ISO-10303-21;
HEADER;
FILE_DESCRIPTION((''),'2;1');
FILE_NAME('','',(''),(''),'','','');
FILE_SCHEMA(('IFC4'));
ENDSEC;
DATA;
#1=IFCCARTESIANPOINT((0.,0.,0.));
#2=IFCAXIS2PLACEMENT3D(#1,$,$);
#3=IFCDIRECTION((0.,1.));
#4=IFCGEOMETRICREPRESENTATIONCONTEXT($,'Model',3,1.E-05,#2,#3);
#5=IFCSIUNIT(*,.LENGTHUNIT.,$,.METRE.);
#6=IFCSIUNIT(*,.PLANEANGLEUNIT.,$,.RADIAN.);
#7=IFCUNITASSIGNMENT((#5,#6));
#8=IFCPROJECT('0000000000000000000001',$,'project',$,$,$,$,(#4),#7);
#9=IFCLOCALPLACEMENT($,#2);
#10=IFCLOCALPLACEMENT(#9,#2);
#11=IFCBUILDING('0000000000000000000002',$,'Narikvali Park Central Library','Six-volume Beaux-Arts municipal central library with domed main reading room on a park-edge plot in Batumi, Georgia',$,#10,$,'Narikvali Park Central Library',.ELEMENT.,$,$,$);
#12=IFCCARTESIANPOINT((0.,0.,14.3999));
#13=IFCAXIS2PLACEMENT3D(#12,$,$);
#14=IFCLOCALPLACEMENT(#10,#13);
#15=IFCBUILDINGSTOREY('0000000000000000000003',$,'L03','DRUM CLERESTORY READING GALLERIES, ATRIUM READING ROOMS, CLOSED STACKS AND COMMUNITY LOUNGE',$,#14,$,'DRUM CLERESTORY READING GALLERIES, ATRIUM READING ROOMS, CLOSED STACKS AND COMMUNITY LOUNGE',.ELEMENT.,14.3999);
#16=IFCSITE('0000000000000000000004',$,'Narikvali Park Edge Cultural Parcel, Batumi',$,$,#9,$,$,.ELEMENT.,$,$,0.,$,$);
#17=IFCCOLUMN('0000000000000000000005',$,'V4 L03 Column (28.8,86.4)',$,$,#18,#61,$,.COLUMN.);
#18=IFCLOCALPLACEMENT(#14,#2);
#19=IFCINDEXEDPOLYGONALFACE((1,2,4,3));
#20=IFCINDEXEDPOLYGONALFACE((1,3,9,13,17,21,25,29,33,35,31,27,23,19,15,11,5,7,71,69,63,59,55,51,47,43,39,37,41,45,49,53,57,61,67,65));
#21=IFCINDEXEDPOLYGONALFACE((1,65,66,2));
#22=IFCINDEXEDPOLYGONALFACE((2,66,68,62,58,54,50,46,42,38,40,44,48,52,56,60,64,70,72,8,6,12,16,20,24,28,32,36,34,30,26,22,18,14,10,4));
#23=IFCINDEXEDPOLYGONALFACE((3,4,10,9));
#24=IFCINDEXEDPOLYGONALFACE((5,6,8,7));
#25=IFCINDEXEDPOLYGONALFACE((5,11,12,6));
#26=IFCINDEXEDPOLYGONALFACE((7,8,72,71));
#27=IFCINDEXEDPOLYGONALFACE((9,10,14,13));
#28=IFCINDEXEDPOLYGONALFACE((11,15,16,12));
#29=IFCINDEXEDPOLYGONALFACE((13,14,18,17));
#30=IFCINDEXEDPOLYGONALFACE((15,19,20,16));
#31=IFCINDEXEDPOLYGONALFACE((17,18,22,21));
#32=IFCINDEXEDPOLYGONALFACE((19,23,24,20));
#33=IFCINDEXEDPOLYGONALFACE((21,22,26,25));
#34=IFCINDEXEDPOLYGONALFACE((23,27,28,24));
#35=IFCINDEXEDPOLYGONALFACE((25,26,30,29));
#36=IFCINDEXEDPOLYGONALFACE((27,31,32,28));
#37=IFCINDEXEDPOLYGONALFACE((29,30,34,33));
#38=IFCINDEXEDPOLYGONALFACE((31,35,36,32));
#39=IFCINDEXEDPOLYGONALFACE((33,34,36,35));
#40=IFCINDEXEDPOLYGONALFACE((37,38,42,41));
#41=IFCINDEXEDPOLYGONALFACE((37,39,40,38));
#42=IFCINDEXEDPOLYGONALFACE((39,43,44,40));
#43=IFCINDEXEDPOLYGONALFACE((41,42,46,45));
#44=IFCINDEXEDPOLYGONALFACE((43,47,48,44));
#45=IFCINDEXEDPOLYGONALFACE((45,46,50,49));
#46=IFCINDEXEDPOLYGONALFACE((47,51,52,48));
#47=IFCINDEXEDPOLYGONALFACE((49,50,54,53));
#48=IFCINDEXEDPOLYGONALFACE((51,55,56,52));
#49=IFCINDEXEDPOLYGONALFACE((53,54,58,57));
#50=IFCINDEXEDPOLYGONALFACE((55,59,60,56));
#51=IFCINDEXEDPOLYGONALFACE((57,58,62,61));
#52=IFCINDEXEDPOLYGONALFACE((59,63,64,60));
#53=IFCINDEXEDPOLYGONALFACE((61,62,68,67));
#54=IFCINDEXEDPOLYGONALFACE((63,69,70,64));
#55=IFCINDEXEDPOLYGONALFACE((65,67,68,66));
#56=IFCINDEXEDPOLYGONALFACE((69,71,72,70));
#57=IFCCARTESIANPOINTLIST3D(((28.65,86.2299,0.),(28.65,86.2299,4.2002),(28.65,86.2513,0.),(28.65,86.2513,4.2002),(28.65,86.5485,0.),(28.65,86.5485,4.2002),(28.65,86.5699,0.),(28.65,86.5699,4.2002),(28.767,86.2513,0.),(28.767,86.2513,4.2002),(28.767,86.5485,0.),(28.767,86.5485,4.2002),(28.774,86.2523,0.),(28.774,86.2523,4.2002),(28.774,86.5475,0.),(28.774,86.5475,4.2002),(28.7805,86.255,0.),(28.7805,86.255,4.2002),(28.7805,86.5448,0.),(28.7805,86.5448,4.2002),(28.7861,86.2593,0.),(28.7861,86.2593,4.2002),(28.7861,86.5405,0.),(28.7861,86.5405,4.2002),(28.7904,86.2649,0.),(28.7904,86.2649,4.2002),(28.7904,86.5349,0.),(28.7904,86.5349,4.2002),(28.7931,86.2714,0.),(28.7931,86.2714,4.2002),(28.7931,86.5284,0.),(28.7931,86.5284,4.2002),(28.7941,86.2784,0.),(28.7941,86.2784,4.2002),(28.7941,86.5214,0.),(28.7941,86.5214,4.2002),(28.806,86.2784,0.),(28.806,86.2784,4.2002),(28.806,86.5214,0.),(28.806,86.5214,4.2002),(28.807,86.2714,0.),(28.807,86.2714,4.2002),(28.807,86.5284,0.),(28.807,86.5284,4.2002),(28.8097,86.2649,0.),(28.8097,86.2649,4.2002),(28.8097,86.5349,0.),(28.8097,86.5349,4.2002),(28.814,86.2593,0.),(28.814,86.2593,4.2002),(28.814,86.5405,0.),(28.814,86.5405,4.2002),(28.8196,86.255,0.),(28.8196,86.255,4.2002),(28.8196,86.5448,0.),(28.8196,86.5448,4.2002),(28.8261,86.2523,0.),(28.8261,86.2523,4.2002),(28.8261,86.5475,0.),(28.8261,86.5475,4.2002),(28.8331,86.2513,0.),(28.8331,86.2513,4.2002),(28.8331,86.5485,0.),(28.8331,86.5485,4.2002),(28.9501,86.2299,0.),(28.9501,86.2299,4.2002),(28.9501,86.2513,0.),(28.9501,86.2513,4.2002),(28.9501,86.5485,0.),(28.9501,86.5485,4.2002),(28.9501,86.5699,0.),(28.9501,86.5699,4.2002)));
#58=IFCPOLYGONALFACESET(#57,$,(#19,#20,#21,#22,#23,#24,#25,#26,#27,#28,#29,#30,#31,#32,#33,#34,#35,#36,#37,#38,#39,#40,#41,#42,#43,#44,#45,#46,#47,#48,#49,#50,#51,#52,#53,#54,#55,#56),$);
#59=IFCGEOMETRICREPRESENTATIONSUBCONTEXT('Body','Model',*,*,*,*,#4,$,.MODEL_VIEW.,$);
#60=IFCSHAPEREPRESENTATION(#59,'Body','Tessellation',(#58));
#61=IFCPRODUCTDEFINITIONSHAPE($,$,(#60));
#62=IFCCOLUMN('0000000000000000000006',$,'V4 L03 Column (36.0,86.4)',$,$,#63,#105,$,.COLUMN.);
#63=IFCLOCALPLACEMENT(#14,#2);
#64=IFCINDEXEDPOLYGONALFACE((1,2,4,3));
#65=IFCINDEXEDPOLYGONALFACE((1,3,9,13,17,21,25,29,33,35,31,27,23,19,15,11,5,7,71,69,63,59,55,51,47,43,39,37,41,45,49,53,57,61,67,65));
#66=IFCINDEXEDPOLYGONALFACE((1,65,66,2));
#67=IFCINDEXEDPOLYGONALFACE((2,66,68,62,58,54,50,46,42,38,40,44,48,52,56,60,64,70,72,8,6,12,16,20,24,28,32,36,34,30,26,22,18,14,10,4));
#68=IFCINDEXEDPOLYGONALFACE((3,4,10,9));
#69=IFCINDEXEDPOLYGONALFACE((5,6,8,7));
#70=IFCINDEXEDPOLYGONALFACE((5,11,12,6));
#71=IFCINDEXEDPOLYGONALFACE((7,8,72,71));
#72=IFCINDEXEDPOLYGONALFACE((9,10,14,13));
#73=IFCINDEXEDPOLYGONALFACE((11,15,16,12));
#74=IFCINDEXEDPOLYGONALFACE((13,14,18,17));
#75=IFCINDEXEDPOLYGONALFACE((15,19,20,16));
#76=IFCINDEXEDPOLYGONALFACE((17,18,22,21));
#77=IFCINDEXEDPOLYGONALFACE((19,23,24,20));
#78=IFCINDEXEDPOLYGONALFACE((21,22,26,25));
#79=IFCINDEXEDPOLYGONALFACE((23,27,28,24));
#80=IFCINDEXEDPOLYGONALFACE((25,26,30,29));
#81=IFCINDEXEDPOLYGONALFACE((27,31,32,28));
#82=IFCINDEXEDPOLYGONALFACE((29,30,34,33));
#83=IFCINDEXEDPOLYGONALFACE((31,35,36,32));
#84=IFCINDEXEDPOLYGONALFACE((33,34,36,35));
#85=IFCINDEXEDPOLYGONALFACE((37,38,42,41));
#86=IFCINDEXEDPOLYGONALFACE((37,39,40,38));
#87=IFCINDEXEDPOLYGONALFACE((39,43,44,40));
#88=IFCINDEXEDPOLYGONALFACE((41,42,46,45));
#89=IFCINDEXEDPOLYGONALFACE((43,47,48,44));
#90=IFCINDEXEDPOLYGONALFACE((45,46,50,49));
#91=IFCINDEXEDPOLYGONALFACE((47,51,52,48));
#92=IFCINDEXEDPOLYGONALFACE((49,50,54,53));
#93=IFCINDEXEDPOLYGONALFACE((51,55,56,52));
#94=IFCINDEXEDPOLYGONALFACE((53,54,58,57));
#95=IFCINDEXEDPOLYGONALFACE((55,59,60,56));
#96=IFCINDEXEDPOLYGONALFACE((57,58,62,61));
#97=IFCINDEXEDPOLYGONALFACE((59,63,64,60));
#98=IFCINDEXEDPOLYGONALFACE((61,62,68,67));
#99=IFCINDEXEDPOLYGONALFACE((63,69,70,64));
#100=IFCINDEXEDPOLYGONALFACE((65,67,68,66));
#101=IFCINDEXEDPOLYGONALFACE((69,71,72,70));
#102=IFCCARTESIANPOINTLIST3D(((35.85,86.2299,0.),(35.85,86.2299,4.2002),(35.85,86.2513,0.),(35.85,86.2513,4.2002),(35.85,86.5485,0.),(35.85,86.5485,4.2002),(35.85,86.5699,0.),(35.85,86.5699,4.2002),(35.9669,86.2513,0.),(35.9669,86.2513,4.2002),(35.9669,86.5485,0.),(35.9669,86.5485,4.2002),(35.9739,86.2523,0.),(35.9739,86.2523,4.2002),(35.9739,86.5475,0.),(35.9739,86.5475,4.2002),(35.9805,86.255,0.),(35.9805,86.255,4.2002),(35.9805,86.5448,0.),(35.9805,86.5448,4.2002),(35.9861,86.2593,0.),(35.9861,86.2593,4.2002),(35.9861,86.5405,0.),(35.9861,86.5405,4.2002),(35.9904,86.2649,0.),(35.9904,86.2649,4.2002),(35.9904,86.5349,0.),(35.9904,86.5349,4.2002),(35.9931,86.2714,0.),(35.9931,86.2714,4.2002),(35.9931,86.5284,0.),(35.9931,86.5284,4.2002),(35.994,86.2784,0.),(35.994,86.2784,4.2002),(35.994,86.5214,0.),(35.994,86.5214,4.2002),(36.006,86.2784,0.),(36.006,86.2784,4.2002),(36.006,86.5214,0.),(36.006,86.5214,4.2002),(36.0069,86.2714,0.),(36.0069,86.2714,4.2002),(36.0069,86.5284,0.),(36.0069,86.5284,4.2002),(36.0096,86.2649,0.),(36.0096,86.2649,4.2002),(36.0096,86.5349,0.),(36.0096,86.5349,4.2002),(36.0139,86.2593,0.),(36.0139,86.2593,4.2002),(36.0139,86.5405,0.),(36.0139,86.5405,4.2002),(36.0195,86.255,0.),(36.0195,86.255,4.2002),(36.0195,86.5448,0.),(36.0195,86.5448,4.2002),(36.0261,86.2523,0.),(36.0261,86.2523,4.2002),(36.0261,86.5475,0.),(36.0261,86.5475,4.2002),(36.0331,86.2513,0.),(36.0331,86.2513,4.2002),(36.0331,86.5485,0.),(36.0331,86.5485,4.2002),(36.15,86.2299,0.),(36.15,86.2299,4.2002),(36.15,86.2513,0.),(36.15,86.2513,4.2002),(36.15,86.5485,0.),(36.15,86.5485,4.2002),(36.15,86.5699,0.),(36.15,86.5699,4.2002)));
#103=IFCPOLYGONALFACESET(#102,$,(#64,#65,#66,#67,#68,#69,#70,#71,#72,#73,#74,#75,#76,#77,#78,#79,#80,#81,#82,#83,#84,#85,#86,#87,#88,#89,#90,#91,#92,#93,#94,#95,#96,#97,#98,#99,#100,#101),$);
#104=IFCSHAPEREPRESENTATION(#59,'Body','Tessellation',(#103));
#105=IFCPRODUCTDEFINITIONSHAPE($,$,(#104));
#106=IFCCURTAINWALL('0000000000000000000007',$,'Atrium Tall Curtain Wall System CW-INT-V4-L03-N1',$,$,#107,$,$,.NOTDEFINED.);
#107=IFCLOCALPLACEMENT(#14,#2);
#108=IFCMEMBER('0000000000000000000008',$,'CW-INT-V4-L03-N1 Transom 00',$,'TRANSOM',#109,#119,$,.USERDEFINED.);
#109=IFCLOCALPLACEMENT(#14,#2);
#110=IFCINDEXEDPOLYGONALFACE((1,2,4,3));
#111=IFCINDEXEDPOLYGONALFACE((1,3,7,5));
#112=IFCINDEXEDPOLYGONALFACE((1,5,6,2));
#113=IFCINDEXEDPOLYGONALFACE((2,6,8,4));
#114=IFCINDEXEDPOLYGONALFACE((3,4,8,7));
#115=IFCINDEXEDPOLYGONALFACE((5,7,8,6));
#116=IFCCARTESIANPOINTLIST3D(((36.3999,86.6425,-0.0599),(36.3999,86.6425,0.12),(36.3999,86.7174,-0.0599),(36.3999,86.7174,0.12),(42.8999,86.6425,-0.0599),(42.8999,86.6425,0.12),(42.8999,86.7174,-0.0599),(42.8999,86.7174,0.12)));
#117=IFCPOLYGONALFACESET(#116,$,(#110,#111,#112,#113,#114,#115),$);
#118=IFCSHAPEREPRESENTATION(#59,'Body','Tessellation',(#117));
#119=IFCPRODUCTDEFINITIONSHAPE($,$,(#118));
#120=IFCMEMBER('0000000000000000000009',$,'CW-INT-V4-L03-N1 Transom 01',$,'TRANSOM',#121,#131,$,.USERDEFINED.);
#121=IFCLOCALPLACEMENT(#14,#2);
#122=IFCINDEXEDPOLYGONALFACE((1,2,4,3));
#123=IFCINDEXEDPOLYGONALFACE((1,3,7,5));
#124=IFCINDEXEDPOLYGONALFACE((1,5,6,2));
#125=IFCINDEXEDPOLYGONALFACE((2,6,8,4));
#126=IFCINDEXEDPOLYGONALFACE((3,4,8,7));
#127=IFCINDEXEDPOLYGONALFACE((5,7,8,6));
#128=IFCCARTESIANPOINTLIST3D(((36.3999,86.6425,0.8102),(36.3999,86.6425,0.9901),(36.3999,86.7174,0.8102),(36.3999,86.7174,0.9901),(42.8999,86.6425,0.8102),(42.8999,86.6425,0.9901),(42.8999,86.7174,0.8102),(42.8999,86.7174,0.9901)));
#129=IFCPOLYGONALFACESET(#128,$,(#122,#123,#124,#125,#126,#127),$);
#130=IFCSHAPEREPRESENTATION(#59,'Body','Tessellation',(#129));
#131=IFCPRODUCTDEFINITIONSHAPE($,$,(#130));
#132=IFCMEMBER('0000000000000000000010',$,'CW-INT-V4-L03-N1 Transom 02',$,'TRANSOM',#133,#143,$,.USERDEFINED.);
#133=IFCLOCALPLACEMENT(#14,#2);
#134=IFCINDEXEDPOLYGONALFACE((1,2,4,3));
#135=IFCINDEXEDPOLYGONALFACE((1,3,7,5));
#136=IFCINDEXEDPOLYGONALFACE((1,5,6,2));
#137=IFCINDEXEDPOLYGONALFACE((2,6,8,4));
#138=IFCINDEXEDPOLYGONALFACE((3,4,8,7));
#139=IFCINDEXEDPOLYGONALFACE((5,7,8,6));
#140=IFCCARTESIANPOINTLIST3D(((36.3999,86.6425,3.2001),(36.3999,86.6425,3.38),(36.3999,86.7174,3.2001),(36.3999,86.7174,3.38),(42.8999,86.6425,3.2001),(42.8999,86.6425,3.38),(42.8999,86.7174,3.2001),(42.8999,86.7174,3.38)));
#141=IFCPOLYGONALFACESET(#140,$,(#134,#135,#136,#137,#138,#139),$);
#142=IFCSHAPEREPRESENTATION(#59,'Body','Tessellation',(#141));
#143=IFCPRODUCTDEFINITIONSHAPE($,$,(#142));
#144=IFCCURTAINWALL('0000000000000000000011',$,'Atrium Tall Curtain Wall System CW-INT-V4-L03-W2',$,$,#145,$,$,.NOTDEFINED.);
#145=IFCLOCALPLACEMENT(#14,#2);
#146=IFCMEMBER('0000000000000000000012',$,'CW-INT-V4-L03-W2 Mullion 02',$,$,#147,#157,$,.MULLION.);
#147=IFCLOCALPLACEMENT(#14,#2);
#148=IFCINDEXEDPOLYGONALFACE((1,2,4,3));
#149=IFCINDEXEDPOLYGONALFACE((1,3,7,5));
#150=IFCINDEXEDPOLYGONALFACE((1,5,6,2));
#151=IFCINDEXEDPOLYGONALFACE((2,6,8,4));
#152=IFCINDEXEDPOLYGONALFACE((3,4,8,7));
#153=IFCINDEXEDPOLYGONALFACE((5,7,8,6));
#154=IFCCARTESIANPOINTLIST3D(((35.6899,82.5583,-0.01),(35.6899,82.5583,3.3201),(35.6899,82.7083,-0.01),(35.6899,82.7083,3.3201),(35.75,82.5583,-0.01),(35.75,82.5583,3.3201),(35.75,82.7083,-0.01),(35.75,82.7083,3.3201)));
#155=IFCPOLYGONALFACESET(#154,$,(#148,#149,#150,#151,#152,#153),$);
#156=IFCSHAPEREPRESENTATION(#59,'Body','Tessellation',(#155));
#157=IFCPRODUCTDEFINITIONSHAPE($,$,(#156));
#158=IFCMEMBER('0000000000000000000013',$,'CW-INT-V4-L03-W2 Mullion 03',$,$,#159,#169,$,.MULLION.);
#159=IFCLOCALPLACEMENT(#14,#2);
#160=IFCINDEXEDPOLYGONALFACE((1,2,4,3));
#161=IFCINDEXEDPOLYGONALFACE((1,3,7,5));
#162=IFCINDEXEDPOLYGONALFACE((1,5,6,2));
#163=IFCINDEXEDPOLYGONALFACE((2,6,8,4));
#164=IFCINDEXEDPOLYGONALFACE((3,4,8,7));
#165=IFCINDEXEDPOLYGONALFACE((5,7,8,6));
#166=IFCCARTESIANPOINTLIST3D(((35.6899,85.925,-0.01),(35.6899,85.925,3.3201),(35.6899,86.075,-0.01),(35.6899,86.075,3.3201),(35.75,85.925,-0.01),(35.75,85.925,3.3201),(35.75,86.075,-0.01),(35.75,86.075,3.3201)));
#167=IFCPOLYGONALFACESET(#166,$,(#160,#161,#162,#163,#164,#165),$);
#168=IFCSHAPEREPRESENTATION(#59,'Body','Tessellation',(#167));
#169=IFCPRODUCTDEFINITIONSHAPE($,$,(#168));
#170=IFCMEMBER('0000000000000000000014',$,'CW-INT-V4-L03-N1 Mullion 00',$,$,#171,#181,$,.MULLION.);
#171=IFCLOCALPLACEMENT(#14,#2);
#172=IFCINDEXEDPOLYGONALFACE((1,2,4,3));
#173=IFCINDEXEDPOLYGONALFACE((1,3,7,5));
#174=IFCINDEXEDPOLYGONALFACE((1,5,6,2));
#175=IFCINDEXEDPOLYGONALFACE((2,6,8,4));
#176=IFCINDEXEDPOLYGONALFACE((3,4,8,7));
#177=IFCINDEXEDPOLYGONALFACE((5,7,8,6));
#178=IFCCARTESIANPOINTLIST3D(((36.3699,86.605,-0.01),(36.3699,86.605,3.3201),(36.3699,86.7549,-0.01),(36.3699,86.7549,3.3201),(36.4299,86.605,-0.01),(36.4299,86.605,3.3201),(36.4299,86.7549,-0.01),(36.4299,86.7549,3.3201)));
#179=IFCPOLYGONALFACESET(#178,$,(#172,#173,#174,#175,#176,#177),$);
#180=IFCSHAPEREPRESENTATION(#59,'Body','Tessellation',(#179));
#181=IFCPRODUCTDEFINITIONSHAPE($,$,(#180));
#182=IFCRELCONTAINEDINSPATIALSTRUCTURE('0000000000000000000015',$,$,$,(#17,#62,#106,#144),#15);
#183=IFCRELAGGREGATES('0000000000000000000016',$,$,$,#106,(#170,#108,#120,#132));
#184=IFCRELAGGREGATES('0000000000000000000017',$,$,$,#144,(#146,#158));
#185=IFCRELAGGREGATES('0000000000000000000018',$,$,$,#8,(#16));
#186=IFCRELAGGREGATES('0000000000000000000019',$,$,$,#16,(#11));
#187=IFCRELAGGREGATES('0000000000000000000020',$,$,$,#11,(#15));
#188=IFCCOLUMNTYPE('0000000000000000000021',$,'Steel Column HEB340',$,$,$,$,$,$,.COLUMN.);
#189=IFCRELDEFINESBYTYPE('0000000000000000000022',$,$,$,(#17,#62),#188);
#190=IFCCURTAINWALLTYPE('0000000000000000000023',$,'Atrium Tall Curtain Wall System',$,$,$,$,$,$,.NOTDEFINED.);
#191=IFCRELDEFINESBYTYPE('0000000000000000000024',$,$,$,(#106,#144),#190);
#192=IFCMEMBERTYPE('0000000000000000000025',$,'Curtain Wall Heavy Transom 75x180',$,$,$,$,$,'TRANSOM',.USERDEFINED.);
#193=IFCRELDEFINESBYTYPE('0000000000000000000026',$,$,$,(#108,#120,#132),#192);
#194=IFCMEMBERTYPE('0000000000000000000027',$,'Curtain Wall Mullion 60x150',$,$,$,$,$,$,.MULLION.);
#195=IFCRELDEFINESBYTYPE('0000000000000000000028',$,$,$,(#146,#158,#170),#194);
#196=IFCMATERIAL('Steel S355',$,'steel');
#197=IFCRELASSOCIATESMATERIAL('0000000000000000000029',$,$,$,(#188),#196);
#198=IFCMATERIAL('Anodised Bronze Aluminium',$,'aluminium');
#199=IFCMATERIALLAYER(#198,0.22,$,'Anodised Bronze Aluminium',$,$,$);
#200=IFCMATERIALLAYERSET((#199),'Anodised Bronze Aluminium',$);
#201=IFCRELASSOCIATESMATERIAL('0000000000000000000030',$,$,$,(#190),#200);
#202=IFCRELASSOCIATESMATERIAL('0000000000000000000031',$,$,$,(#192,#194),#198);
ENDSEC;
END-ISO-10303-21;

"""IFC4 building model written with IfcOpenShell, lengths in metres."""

from ifc_helpers import new_model, si_unit, direction, frame, origin, origin_2d, place, context, subcontext, project, spatial, rectangle, i_section, extrude, material, layer, layer_set, material_profile, profile_set, type_object, element, aggregate, save


model = new_model("IFC4")

# Units and contexts
model_context = context("Model", 3, precision=1e-05, world=origin(), true_north=direction((0.0, 1.0)))
body_context = subcontext(model_context, "Body", "Model", "MODEL_VIEW")
ifc_project = project(units=[si_unit("LENGTHUNIT", "METRE"), si_unit("PLANEANGLEUNIT", "RADIAN")], contexts=[model_context])

# Site, building, storey
site_placement = place(None, origin())
site = spatial("IfcSite", under=ifc_project, at=site_placement, Name="Narikvali Park Edge Cultural Parcel, Batumi", CompositionType="ELEMENT", RefElevation=0.0)
building_placement = place(site_placement, origin())
building = spatial("IfcBuilding", under=site, at=building_placement, Name="Narikvali Park Central Library", Description="Six-volume Beaux-Arts municipal central library with domed main reading room on a park-edge plot in Batumi, Georgia", LongName="Narikvali Park Central Library", CompositionType="ELEMENT")
storey_placement = place(building_placement, frame((0.0, 0.0, 14.3999)))
storey = spatial("IfcBuildingStorey", under=building, at=storey_placement, Name="L03", Description="DRUM CLERESTORY READING GALLERIES, ATRIUM READING ROOMS, CLOSED STACKS AND COMMUNITY LOUNGE", LongName="DRUM CLERESTORY READING GALLERIES, ATRIUM READING ROOMS, CLOSED STACKS AND COMMUNITY LOUNGE", CompositionType="ELEMENT", Elevation=14.3999)

# Columns
ifc_material_1 = material(Name="Steel S355", Category="steel")
ifc_material_profile_1 = material_profile(ifc_material_1, i_section(OverallWidth=0.3, OverallDepth=0.3401, WebThickness=0.012, FlangeThickness=0.0215, FilletRadius=0.0271, at=origin_2d()), Name="HEB 340")
ifc_profile_set_1 = profile_set([ifc_material_profile_1], Name="Steel S355")
column_type = type_object("IfcColumnType", Name="Steel Column HEB340", PredefinedType="COLUMN", material=ifc_profile_set_1)
for number, where, z_axis, x_axis, name in (
    (1, (28.8, 86.3999, 0.0), (0.0, 0.0, 1.0), (1.0, 0.0, 0.0), "V4 L03 Column (28.8,86.4)"),
    (2, (36.0, 86.3999, 0.0), (0.0, 0.0, 1.0), (1.0, 0.0, 0.0), "V4 L03 Column (36.0,86.4)"),
):
    element("IfcColumn", number, at=place(storey_placement, frame(where, z_axis=z_axis, x_axis=x_axis)), inside=storey, type_object=column_type, Name=name, PredefinedType="COLUMN", context=body_context, shape_type="SweptSolid", body=[
        extrude(i_section(OverallWidth=0.3, OverallDepth=0.3401, WebThickness=0.012, FlangeThickness=0.0215, FilletRadius=0.0271, at=origin_2d()), origin(), (0.0, 0.0, 1.0), 4.2002),
    ])

# Curtain walls, members
ifc_material_2 = material(Name="Anodised Bronze Aluminium", Category="aluminium")
ifc_layer_1 = layer(ifc_material_2, 0.22, Name="Anodised Bronze Aluminium")
ifc_layer_set_1 = layer_set([ifc_layer_1], Name="Anodised Bronze Aluminium")
curtain_wall_type = type_object("IfcCurtainWallType", Name="Atrium Tall Curtain Wall System", PredefinedType="NOTDEFINED", material=ifc_layer_set_1)
curtain_wall_1_placement = place(storey_placement, origin())
curtain_wall_1 = element("IfcCurtainWall", 3, at=curtain_wall_1_placement, inside=storey, type_object=curtain_wall_type, Name="Atrium Tall Curtain Wall System CW-INT-V4-L03-N1", PredefinedType="NOTDEFINED")
ifc_material_profile_2 = material_profile(ifc_material_2, rectangle(XDim=0.075, YDim=0.1799, at=origin_2d()), Name="CW TRANSOM 75x180")
ifc_profile_set_2 = profile_set([ifc_material_profile_2], Name="Anodised Bronze Aluminium")
member_type_1 = type_object("IfcMemberType", Name="Curtain Wall Heavy Transom 75x180", ElementType="TRANSOM", PredefinedType="USERDEFINED", material=ifc_profile_set_2)
member_1_placement = place(storey_placement, frame((36.3999, 86.6799, 0.03), z_axis=(1.0, 0.0, 0.0), x_axis=(0.0, 1.0, 0.0)))
member_1 = element("IfcMember", 4, at=member_1_placement, type_object=member_type_1, Name="CW-INT-V4-L03-N1 Transom 00", ObjectType="TRANSOM", PredefinedType="USERDEFINED", context=body_context, shape_type="SweptSolid", body=[
    extrude(rectangle(XDim=0.075, YDim=0.1799, at=origin_2d()), origin(), (0.0, 0.0, 1.0), 6.5),
])
member_2_placement = place(storey_placement, frame((36.3999, 86.6799, 0.9001), z_axis=(1.0, 0.0, 0.0), x_axis=(0.0, 1.0, 0.0)))
member_2 = element("IfcMember", 5, at=member_2_placement, type_object=member_type_1, Name="CW-INT-V4-L03-N1 Transom 01", ObjectType="TRANSOM", PredefinedType="USERDEFINED", context=body_context, shape_type="SweptSolid", body=[
    extrude(rectangle(XDim=0.075, YDim=0.1799, at=origin_2d()), origin(), (0.0, 0.0, 1.0), 6.5),
])
member_3_placement = place(storey_placement, frame((36.3999, 86.6799, 3.29), z_axis=(1.0, 0.0, 0.0), x_axis=(0.0, 1.0, 0.0)))
member_3 = element("IfcMember", 6, at=member_3_placement, type_object=member_type_1, Name="CW-INT-V4-L03-N1 Transom 02", ObjectType="TRANSOM", PredefinedType="USERDEFINED", context=body_context, shape_type="SweptSolid", body=[
    extrude(rectangle(XDim=0.075, YDim=0.1799, at=origin_2d()), origin(), (0.0, 0.0, 1.0), 6.5),
])
curtain_wall_2_placement = place(storey_placement, origin())
curtain_wall_2 = element("IfcCurtainWall", 7, at=curtain_wall_2_placement, inside=storey, type_object=curtain_wall_type, Name="Atrium Tall Curtain Wall System CW-INT-V4-L03-W2", PredefinedType="NOTDEFINED")
ifc_material_profile_3 = material_profile(ifc_material_2, rectangle(XDim=0.0601, YDim=0.1499, at=origin_2d()), Name="CW MULLION 60x150")
ifc_profile_set_3 = profile_set([ifc_material_profile_3], Name="Anodised Bronze Aluminium")
member_type_2 = type_object("IfcMemberType", Name="Curtain Wall Mullion 60x150", PredefinedType="MULLION", material=ifc_profile_set_3)
member_4_placement = place(storey_placement, frame((35.72, 82.6333, -0.01), z_axis=(0.0, 0.0, 1.0), x_axis=(1.0, 0.0, 0.0)))
member_4 = element("IfcMember", 8, at=member_4_placement, type_object=member_type_2, Name="CW-INT-V4-L03-W2 Mullion 02", PredefinedType="MULLION", context=body_context, shape_type="SweptSolid", body=[
    extrude(rectangle(XDim=0.0601, YDim=0.1499, at=origin_2d()), origin(), (0.0, 0.0, 1.0), 3.3301),
])
member_5_placement = place(storey_placement, frame((35.72, 86.0, -0.01), z_axis=(0.0, 0.0, 1.0), x_axis=(1.0, 0.0, 0.0)))
member_5 = element("IfcMember", 9, at=member_5_placement, type_object=member_type_2, Name="CW-INT-V4-L03-W2 Mullion 03", PredefinedType="MULLION", context=body_context, shape_type="SweptSolid", body=[
    extrude(rectangle(XDim=0.0601, YDim=0.1499, at=origin_2d()), origin(), (0.0, 0.0, 1.0), 3.3301),
])

# Member
member_6_placement = place(storey_placement, frame((36.3999, 86.6799, -0.01), z_axis=(0.0, 0.0, 1.0), x_axis=(1.0, 0.0, 0.0)))
member_6 = element("IfcMember", 10, at=member_6_placement, type_object=member_type_2, Name="CW-INT-V4-L03-N1 Mullion 00", PredefinedType="MULLION", context=body_context, shape_type="SweptSolid", body=[
    extrude(rectangle(XDim=0.0601, YDim=0.1499, at=origin_2d()), origin(), (0.0, 0.0, 1.0), 3.3301),
])
aggregate(curtain_wall_1, [member_6, member_1, member_2, member_3])

aggregate(curtain_wall_2, [member_4, member_5])

save(model, "model.ifc")
